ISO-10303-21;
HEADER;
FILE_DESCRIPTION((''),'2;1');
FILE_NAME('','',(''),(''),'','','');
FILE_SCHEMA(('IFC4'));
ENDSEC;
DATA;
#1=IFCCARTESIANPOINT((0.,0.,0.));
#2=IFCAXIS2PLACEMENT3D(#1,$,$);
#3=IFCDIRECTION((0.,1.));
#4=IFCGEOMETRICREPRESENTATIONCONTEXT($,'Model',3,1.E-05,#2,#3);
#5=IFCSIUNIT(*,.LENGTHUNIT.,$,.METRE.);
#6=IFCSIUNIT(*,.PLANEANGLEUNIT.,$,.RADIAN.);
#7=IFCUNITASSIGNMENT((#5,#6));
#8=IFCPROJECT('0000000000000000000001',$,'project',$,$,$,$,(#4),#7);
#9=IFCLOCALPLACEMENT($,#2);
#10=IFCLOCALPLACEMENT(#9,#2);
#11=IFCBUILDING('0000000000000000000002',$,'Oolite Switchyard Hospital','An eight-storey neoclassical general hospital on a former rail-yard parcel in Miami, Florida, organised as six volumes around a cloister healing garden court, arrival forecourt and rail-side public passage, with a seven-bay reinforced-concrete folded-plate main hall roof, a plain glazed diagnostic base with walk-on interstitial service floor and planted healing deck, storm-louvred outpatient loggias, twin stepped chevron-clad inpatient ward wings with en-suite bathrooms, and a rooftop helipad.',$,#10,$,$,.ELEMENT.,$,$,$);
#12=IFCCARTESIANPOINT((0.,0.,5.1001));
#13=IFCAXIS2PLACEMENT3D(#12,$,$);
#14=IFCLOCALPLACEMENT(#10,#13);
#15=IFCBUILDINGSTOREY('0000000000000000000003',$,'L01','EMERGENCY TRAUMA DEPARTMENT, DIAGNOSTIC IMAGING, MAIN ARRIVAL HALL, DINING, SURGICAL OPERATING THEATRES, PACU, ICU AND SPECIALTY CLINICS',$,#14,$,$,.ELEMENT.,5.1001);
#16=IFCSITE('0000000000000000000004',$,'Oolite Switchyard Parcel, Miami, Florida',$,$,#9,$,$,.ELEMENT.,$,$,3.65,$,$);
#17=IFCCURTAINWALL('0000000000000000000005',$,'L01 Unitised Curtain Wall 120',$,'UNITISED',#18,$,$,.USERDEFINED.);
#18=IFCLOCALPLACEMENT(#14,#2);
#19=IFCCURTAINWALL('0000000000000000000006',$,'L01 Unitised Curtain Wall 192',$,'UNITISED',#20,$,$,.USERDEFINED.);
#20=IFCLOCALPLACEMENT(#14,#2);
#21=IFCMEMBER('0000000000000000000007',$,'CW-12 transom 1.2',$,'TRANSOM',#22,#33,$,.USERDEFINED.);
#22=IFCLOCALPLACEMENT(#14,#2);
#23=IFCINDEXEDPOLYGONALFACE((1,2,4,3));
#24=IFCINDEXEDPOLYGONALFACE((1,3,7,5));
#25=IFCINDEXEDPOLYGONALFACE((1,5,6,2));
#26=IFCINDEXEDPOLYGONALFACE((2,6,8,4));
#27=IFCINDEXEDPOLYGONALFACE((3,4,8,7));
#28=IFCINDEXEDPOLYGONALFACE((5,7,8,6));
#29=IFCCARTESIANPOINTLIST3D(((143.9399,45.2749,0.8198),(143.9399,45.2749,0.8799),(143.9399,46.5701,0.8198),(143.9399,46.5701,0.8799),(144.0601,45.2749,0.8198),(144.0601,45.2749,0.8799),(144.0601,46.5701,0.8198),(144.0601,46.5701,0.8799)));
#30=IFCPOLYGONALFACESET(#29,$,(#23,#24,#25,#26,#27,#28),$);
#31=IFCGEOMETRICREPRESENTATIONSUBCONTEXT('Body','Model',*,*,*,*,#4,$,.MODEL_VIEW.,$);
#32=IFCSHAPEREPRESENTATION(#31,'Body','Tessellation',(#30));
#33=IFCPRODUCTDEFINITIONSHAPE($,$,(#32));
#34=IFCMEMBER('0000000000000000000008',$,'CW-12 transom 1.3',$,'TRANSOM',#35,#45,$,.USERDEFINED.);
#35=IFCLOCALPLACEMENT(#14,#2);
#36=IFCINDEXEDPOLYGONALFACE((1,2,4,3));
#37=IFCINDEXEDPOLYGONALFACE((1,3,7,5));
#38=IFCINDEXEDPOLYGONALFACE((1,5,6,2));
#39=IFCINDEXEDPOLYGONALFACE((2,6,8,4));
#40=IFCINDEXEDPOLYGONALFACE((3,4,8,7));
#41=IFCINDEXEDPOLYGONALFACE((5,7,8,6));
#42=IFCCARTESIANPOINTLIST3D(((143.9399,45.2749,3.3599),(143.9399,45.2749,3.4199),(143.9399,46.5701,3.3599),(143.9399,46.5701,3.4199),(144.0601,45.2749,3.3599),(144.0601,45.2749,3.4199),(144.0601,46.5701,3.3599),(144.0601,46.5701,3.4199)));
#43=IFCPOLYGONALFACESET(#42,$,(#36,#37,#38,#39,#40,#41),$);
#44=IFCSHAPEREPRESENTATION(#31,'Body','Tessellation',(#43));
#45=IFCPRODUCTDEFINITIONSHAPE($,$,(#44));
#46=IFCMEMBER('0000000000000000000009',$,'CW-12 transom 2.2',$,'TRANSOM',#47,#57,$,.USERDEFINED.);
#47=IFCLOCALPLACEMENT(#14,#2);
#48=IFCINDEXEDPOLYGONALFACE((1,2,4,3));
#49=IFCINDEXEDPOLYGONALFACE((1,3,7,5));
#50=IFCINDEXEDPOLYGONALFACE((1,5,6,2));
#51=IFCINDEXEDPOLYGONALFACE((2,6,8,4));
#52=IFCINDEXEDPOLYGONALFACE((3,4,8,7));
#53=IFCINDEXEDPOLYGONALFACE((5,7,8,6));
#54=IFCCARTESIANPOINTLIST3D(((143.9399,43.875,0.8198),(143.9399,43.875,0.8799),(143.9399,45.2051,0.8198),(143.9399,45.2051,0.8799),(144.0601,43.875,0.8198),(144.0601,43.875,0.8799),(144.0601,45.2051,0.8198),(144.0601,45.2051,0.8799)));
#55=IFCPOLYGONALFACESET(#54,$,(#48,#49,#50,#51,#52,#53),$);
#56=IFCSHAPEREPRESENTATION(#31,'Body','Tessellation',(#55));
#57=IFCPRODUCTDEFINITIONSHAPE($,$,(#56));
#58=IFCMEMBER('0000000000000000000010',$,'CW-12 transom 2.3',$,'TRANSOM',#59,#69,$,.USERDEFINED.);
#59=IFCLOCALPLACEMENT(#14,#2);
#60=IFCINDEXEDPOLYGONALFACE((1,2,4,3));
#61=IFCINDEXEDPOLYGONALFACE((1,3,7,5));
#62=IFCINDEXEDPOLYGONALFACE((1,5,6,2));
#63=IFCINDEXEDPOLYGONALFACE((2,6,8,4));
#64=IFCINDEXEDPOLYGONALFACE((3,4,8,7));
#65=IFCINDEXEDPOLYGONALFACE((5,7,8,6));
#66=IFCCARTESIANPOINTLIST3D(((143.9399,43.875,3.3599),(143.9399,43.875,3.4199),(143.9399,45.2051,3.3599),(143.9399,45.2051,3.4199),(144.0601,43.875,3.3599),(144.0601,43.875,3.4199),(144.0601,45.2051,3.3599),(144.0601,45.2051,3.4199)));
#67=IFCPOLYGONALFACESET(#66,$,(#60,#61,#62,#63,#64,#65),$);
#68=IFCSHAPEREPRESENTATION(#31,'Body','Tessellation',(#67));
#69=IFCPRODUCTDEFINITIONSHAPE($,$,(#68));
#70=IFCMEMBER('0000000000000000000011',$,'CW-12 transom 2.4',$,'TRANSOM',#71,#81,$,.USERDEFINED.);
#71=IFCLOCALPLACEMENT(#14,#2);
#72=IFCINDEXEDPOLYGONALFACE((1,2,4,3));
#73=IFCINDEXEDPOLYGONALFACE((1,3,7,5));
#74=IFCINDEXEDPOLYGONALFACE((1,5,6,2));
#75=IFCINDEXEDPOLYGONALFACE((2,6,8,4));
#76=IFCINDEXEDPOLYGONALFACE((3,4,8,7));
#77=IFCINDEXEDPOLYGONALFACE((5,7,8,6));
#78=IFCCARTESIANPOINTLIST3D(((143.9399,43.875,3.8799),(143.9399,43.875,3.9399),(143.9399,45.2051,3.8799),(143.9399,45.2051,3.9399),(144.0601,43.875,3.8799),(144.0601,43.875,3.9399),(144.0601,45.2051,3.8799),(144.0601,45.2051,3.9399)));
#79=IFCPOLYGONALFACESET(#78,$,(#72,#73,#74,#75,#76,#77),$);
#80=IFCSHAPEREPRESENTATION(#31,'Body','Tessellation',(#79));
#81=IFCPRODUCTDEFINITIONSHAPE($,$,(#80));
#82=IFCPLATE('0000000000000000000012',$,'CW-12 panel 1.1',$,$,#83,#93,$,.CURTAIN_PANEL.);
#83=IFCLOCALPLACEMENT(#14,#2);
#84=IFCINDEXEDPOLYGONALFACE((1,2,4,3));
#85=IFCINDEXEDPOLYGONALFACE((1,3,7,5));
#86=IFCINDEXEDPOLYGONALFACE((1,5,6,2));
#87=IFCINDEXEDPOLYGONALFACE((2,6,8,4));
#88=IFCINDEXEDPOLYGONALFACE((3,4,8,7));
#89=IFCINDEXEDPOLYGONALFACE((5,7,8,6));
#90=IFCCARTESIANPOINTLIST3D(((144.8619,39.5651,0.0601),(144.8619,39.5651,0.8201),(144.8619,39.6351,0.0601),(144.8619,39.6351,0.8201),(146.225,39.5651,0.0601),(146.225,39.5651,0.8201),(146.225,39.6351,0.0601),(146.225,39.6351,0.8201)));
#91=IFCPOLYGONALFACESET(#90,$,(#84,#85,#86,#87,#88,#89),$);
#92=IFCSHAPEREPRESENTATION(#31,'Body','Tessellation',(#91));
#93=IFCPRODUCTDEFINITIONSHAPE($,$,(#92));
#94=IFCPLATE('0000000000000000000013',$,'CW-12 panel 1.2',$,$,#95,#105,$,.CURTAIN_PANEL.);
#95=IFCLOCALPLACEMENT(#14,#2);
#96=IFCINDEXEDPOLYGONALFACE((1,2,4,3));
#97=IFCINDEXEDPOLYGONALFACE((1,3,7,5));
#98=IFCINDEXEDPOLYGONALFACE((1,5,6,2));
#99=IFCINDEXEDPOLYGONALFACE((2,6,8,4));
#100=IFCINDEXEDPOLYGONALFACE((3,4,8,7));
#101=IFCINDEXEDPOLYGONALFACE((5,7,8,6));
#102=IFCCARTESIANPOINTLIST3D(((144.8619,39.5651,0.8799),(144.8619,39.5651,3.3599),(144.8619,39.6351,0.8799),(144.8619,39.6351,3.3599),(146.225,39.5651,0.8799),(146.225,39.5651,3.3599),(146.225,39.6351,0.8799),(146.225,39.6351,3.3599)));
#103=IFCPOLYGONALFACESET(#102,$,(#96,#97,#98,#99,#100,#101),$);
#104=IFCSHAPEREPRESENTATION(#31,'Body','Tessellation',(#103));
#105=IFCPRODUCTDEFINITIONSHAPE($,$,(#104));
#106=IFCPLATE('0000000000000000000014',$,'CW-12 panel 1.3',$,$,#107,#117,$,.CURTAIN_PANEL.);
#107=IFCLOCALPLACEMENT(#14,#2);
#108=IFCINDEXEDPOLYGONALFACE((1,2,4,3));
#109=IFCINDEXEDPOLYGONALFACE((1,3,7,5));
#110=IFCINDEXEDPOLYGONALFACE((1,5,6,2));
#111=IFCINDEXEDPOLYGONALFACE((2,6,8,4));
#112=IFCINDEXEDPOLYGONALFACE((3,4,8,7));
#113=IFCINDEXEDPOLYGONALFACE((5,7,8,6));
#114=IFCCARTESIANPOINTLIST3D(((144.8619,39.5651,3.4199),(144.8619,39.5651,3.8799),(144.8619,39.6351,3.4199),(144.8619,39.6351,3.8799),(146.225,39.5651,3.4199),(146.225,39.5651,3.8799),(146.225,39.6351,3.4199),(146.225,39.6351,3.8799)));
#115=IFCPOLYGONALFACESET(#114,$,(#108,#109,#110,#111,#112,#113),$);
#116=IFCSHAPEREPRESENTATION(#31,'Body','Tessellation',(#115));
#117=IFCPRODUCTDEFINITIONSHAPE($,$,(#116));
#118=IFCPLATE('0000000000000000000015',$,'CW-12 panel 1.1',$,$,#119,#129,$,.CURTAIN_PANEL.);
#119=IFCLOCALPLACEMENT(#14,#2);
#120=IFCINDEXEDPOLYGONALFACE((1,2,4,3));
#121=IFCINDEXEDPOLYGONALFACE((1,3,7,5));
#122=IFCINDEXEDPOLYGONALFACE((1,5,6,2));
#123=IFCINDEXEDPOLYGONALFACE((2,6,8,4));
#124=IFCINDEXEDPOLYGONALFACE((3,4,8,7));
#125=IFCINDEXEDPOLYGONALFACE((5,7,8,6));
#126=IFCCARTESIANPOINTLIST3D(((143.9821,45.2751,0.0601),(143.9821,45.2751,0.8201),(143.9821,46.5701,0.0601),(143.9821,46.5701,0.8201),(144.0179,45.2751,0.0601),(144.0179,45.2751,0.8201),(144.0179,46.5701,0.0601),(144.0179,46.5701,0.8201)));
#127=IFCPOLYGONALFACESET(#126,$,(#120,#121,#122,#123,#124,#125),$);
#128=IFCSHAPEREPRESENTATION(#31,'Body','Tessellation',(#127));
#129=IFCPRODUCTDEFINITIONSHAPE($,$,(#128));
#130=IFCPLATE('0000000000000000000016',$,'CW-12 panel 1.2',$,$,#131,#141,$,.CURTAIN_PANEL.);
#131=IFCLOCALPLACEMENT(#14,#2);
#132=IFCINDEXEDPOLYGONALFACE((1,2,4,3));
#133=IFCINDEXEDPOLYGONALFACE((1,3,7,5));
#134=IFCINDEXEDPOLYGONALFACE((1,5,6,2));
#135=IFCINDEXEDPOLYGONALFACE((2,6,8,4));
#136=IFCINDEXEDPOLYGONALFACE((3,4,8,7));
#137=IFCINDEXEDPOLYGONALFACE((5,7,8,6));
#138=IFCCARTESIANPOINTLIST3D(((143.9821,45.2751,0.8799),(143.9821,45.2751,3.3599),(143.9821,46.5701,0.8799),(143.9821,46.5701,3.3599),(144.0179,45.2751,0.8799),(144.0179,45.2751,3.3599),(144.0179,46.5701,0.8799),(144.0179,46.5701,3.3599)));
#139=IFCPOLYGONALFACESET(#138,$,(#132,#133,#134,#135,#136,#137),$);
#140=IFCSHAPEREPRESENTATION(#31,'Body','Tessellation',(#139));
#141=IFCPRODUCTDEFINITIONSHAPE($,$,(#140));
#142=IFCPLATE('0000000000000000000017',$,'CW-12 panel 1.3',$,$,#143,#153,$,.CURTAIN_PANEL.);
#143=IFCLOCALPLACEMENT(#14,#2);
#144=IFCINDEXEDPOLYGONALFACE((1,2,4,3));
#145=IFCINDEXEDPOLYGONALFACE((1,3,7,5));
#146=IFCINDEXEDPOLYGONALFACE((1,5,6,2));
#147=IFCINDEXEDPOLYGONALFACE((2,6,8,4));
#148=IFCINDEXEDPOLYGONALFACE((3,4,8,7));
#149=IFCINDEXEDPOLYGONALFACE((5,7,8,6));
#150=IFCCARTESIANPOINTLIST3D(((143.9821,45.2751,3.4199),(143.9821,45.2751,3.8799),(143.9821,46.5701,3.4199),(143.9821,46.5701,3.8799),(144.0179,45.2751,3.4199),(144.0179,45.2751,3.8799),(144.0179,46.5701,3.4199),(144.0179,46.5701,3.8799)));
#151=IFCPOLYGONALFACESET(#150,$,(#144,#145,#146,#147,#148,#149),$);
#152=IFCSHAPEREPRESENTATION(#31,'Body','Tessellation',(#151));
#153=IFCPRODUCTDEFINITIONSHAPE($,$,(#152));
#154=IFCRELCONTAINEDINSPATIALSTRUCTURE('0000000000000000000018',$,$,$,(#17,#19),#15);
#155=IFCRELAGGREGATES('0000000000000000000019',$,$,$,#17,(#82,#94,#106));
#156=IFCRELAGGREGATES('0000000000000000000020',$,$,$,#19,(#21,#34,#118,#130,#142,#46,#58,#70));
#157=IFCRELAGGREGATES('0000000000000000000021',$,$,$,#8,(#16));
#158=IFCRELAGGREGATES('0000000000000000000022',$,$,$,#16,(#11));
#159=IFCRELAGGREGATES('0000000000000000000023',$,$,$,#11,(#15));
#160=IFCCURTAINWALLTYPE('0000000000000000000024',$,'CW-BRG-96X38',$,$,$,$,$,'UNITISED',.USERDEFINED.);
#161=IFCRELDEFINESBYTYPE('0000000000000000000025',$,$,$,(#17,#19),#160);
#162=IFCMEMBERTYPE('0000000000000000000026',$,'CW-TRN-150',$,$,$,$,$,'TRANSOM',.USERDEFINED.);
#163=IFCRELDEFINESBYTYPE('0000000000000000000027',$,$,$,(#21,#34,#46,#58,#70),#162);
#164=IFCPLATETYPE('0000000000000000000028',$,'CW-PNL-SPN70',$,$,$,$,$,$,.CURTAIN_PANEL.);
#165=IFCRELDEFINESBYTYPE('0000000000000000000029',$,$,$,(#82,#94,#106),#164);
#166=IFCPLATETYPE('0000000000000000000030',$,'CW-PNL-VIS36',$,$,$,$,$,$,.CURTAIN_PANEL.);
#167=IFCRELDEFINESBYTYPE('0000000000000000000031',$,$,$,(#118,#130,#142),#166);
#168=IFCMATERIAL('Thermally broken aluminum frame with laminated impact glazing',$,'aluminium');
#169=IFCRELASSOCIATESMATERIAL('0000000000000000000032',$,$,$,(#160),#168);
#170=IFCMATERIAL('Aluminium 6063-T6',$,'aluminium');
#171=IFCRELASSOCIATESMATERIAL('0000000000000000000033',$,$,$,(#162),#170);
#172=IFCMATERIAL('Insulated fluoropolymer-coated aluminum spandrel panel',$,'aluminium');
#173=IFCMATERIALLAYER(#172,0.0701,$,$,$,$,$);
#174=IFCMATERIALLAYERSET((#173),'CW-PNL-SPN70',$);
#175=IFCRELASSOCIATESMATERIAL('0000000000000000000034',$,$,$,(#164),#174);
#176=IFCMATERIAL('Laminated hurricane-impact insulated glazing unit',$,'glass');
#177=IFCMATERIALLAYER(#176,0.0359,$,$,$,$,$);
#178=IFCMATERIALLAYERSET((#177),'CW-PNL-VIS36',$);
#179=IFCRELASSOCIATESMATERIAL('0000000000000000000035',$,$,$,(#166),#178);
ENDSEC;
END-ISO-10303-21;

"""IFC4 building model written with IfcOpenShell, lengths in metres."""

from ifc_helpers import new_model, si_unit, direction, frame, origin, origin_2d, place, context, subcontext, project, spatial, rectangle, extrude, material, layer, layer_set, material_profile, profile_set, type_object, element, aggregate, save


model = new_model("IFC4")

# Units and contexts
model_context = context("Model", 3, precision=1e-05, world=origin(), true_north=direction((0.0, 1.0)))
body_context = subcontext(model_context, "Body", "Model", "MODEL_VIEW")
ifc_project = project(units=[si_unit("LENGTHUNIT", "METRE"), si_unit("PLANEANGLEUNIT", "RADIAN")], contexts=[model_context])

# Site, building, storey
site_placement = place(None, origin())
site = spatial("IfcSite", under=ifc_project, at=site_placement, Name="Oolite Switchyard Parcel, Miami, Florida", CompositionType="ELEMENT", RefElevation=3.65)
building_placement = place(site_placement, origin())
building = spatial("IfcBuilding", under=site, at=building_placement, Name="Oolite Switchyard Hospital", Description="An eight-storey neoclassical general hospital on a former rail-yard parcel in Miami, Florida, organised as six volumes around a cloister healing garden court, arrival forecourt and rail-side public passage, with a seven-bay reinforced-concrete folded-plate main hall roof, a plain glazed diagnostic base with walk-on interstitial service floor and planted healing deck, storm-louvred outpatient loggias, twin stepped chevron-clad inpatient ward wings with en-suite bathrooms, and a rooftop helipad.", CompositionType="ELEMENT")
storey_placement = place(building_placement, frame((0.0, 0.0, 5.1001)))
storey = spatial("IfcBuildingStorey", under=building, at=storey_placement, Name="L01", Description="EMERGENCY TRAUMA DEPARTMENT, DIAGNOSTIC IMAGING, MAIN ARRIVAL HALL, DINING, SURGICAL OPERATING THEATRES, PACU, ICU AND SPECIALTY CLINICS", CompositionType="ELEMENT", Elevation=5.1001)

# Curtain wall
ifc_material_1 = material(Name="Thermally broken aluminum frame with laminated impact glazing", Category="aluminium")
curtain_wall_type = type_object("IfcCurtainWallType", Name="CW-BRG-96X38", ElementType="UNITISED", PredefinedType="USERDEFINED", material=ifc_material_1)
curtain_wall_1_placement = place(storey_placement, origin())
curtain_wall_1 = element("IfcCurtainWall", 1, at=curtain_wall_1_placement, inside=storey, type_object=curtain_wall_type, Name="L01 Unitised Curtain Wall 120", ObjectType="UNITISED", PredefinedType="USERDEFINED")
ifc_material_2 = material(Name="Aluminium 6063-T6", Category="aluminium")

# Curtain wall
curtain_wall_2_placement = place(storey_placement, origin())
curtain_wall_2 = element("IfcCurtainWall", 2, at=curtain_wall_2_placement, inside=storey, type_object=curtain_wall_type, Name="L01 Unitised Curtain Wall 192", ObjectType="UNITISED", PredefinedType="USERDEFINED")

# Members
ifc_material_profile_1 = material_profile(ifc_material_2, rectangle(XDim=0.1201, YDim=0.0601, at=origin_2d()), Name="CWT60X120")
ifc_profile_set_1 = profile_set([ifc_material_profile_1], Name="Aluminium 6063-T6")
member_type_1 = type_object("IfcMemberType", Name="CW-TRN-150", ElementType="TRANSOM", PredefinedType="USERDEFINED", material=ifc_profile_set_1)
member_1_placement = place(storey_placement, frame((144.0, 46.5701, 0.8499), z_axis=(0.0, -1.0, 0.0), x_axis=(1.0, 0.0, 0.0)))
member_1 = element("IfcMember", 3, at=member_1_placement, type_object=member_type_1, Name="CW-12 transom 1.2", ObjectType="TRANSOM", PredefinedType="USERDEFINED", context=body_context, shape_type="SweptSolid", body=[
    extrude(rectangle(XDim=0.1201, YDim=0.0601, at=origin_2d()), origin(), (0.0, 0.0, 1.0), 1.2952),
])
member_2_placement = place(storey_placement, frame((144.0, 46.5701, 3.3899), z_axis=(0.0, -1.0, 0.0), x_axis=(1.0, 0.0, 0.0)))
member_2 = element("IfcMember", 4, at=member_2_placement, type_object=member_type_1, Name="CW-12 transom 1.3", ObjectType="TRANSOM", PredefinedType="USERDEFINED", context=body_context, shape_type="SweptSolid", body=[
    extrude(rectangle(XDim=0.1201, YDim=0.0601, at=origin_2d()), origin(), (0.0, 0.0, 1.0), 1.2952),
])
member_3_placement = place(storey_placement, frame((144.0, 45.2051, 0.8499), z_axis=(0.0, -1.0, 0.0), x_axis=(1.0, 0.0, 0.0)))
member_3 = element("IfcMember", 5, at=member_3_placement, type_object=member_type_1, Name="CW-12 transom 2.2", ObjectType="TRANSOM", PredefinedType="USERDEFINED", context=body_context, shape_type="SweptSolid", body=[
    extrude(rectangle(XDim=0.1201, YDim=0.0601, at=origin_2d()), origin(), (0.0, 0.0, 1.0), 1.3301),
])
member_4_placement = place(storey_placement, frame((144.0, 45.2051, 3.3899), z_axis=(0.0, -1.0, 0.0), x_axis=(1.0, 0.0, 0.0)))
member_4 = element("IfcMember", 6, at=member_4_placement, type_object=member_type_1, Name="CW-12 transom 2.3", ObjectType="TRANSOM", PredefinedType="USERDEFINED", context=body_context, shape_type="SweptSolid", body=[
    extrude(rectangle(XDim=0.1201, YDim=0.0601, at=origin_2d()), origin(), (0.0, 0.0, 1.0), 1.3301),
])
member_5_placement = place(storey_placement, frame((144.0, 45.2051, 3.9099), z_axis=(0.0, -1.0, 0.0), x_axis=(1.0, 0.0, 0.0)))
member_5 = element("IfcMember", 7, at=member_5_placement, type_object=member_type_1, Name="CW-12 transom 2.4", ObjectType="TRANSOM", PredefinedType="USERDEFINED", context=body_context, shape_type="SweptSolid", body=[
    extrude(rectangle(XDim=0.1201, YDim=0.0601, at=origin_2d()), origin(), (0.0, 0.0, 1.0), 1.3301),
])

# Plates
ifc_material_3 = material(Name="Insulated fluoropolymer-coated aluminum spandrel panel", Category="aluminium")
ifc_layer_1 = layer(ifc_material_3, 0.0701)
ifc_layer_set_1 = layer_set([ifc_layer_1], Name="CW-PNL-SPN70")
plate_type_1 = type_object("IfcPlateType", Name="CW-PNL-SPN70", PredefinedType="CURTAIN_PANEL", material=ifc_layer_set_1)
plate_1_placement = place(storey_placement, frame((145.5435, 39.6001, 0.0601), z_axis=(0.0, 0.0, 1.0), x_axis=(1.0, 0.0, 0.0)))
plate_1 = element("IfcPlate", 8, at=plate_1_placement, type_object=plate_type_1, Name="CW-12 panel 1.1", PredefinedType="CURTAIN_PANEL", context=body_context, shape_type="SweptSolid", body=[
    extrude(rectangle(XDim=1.363, YDim=0.0701, at=origin_2d()), origin(), (0.0, 0.0, 1.0), 0.76),
])
plate_2_placement = place(storey_placement, frame((145.5435, 39.6001, 0.8799), z_axis=(0.0, 0.0, 1.0), x_axis=(1.0, 0.0, 0.0)))
plate_2 = element("IfcPlate", 9, at=plate_2_placement, type_object=plate_type_1, Name="CW-12 panel 1.2", PredefinedType="CURTAIN_PANEL", context=body_context, shape_type="SweptSolid", body=[
    extrude(rectangle(XDim=1.363, YDim=0.0701, at=origin_2d()), origin(), (0.0, 0.0, 1.0), 2.48),
])
plate_3_placement = place(storey_placement, frame((145.5435, 39.6001, 3.4199), z_axis=(0.0, 0.0, 1.0), x_axis=(1.0, 0.0, 0.0)))
plate_3 = element("IfcPlate", 10, at=plate_3_placement, type_object=plate_type_1, Name="CW-12 panel 1.3", PredefinedType="CURTAIN_PANEL", context=body_context, shape_type="SweptSolid", body=[
    extrude(rectangle(XDim=1.363, YDim=0.0701, at=origin_2d()), origin(), (0.0, 0.0, 1.0), 0.46),
])
aggregate(curtain_wall_1, [plate_1, plate_2, plate_3])
ifc_material_4 = material(Name="Laminated hurricane-impact insulated glazing unit", Category="glass")
ifc_layer_2 = layer(ifc_material_4, 0.0359)
ifc_layer_set_2 = layer_set([ifc_layer_2], Name="CW-PNL-VIS36")
plate_type_2 = type_object("IfcPlateType", Name="CW-PNL-VIS36", PredefinedType="CURTAIN_PANEL", material=ifc_layer_set_2)
plate_4_placement = place(storey_placement, frame((144.0, 45.9226, 0.0601), z_axis=(0.0, 0.0, 1.0), x_axis=(0.0, -1.0, 0.0)))
plate_4 = element("IfcPlate", 11, at=plate_4_placement, type_object=plate_type_2, Name="CW-12 panel 1.1", PredefinedType="CURTAIN_PANEL", context=body_context, shape_type="SweptSolid", body=[
    extrude(rectangle(XDim=1.2949, YDim=0.0359, at=origin_2d()), origin(), (0.0, 0.0, 1.0), 0.76),
])
plate_5_placement = place(storey_placement, frame((144.0, 45.9226, 0.8799), z_axis=(0.0, 0.0, 1.0), x_axis=(0.0, -1.0, 0.0)))
plate_5 = element("IfcPlate", 12, at=plate_5_placement, type_object=plate_type_2, Name="CW-12 panel 1.2", PredefinedType="CURTAIN_PANEL", context=body_context, shape_type="SweptSolid", body=[
    extrude(rectangle(XDim=1.2949, YDim=0.0359, at=origin_2d()), origin(), (0.0, 0.0, 1.0), 2.48),
])
plate_6_placement = place(storey_placement, frame((144.0, 45.9226, 3.4199), z_axis=(0.0, 0.0, 1.0), x_axis=(0.0, -1.0, 0.0)))
plate_6 = element("IfcPlate", 13, at=plate_6_placement, type_object=plate_type_2, Name="CW-12 panel 1.3", PredefinedType="CURTAIN_PANEL", context=body_context, shape_type="SweptSolid", body=[
    extrude(rectangle(XDim=1.2949, YDim=0.0359, at=origin_2d()), origin(), (0.0, 0.0, 1.0), 0.46),
])
aggregate(curtain_wall_2, [member_1, member_2, plate_4, plate_5, plate_6, member_3, member_4, member_5])

save(model, "model.ifc")
